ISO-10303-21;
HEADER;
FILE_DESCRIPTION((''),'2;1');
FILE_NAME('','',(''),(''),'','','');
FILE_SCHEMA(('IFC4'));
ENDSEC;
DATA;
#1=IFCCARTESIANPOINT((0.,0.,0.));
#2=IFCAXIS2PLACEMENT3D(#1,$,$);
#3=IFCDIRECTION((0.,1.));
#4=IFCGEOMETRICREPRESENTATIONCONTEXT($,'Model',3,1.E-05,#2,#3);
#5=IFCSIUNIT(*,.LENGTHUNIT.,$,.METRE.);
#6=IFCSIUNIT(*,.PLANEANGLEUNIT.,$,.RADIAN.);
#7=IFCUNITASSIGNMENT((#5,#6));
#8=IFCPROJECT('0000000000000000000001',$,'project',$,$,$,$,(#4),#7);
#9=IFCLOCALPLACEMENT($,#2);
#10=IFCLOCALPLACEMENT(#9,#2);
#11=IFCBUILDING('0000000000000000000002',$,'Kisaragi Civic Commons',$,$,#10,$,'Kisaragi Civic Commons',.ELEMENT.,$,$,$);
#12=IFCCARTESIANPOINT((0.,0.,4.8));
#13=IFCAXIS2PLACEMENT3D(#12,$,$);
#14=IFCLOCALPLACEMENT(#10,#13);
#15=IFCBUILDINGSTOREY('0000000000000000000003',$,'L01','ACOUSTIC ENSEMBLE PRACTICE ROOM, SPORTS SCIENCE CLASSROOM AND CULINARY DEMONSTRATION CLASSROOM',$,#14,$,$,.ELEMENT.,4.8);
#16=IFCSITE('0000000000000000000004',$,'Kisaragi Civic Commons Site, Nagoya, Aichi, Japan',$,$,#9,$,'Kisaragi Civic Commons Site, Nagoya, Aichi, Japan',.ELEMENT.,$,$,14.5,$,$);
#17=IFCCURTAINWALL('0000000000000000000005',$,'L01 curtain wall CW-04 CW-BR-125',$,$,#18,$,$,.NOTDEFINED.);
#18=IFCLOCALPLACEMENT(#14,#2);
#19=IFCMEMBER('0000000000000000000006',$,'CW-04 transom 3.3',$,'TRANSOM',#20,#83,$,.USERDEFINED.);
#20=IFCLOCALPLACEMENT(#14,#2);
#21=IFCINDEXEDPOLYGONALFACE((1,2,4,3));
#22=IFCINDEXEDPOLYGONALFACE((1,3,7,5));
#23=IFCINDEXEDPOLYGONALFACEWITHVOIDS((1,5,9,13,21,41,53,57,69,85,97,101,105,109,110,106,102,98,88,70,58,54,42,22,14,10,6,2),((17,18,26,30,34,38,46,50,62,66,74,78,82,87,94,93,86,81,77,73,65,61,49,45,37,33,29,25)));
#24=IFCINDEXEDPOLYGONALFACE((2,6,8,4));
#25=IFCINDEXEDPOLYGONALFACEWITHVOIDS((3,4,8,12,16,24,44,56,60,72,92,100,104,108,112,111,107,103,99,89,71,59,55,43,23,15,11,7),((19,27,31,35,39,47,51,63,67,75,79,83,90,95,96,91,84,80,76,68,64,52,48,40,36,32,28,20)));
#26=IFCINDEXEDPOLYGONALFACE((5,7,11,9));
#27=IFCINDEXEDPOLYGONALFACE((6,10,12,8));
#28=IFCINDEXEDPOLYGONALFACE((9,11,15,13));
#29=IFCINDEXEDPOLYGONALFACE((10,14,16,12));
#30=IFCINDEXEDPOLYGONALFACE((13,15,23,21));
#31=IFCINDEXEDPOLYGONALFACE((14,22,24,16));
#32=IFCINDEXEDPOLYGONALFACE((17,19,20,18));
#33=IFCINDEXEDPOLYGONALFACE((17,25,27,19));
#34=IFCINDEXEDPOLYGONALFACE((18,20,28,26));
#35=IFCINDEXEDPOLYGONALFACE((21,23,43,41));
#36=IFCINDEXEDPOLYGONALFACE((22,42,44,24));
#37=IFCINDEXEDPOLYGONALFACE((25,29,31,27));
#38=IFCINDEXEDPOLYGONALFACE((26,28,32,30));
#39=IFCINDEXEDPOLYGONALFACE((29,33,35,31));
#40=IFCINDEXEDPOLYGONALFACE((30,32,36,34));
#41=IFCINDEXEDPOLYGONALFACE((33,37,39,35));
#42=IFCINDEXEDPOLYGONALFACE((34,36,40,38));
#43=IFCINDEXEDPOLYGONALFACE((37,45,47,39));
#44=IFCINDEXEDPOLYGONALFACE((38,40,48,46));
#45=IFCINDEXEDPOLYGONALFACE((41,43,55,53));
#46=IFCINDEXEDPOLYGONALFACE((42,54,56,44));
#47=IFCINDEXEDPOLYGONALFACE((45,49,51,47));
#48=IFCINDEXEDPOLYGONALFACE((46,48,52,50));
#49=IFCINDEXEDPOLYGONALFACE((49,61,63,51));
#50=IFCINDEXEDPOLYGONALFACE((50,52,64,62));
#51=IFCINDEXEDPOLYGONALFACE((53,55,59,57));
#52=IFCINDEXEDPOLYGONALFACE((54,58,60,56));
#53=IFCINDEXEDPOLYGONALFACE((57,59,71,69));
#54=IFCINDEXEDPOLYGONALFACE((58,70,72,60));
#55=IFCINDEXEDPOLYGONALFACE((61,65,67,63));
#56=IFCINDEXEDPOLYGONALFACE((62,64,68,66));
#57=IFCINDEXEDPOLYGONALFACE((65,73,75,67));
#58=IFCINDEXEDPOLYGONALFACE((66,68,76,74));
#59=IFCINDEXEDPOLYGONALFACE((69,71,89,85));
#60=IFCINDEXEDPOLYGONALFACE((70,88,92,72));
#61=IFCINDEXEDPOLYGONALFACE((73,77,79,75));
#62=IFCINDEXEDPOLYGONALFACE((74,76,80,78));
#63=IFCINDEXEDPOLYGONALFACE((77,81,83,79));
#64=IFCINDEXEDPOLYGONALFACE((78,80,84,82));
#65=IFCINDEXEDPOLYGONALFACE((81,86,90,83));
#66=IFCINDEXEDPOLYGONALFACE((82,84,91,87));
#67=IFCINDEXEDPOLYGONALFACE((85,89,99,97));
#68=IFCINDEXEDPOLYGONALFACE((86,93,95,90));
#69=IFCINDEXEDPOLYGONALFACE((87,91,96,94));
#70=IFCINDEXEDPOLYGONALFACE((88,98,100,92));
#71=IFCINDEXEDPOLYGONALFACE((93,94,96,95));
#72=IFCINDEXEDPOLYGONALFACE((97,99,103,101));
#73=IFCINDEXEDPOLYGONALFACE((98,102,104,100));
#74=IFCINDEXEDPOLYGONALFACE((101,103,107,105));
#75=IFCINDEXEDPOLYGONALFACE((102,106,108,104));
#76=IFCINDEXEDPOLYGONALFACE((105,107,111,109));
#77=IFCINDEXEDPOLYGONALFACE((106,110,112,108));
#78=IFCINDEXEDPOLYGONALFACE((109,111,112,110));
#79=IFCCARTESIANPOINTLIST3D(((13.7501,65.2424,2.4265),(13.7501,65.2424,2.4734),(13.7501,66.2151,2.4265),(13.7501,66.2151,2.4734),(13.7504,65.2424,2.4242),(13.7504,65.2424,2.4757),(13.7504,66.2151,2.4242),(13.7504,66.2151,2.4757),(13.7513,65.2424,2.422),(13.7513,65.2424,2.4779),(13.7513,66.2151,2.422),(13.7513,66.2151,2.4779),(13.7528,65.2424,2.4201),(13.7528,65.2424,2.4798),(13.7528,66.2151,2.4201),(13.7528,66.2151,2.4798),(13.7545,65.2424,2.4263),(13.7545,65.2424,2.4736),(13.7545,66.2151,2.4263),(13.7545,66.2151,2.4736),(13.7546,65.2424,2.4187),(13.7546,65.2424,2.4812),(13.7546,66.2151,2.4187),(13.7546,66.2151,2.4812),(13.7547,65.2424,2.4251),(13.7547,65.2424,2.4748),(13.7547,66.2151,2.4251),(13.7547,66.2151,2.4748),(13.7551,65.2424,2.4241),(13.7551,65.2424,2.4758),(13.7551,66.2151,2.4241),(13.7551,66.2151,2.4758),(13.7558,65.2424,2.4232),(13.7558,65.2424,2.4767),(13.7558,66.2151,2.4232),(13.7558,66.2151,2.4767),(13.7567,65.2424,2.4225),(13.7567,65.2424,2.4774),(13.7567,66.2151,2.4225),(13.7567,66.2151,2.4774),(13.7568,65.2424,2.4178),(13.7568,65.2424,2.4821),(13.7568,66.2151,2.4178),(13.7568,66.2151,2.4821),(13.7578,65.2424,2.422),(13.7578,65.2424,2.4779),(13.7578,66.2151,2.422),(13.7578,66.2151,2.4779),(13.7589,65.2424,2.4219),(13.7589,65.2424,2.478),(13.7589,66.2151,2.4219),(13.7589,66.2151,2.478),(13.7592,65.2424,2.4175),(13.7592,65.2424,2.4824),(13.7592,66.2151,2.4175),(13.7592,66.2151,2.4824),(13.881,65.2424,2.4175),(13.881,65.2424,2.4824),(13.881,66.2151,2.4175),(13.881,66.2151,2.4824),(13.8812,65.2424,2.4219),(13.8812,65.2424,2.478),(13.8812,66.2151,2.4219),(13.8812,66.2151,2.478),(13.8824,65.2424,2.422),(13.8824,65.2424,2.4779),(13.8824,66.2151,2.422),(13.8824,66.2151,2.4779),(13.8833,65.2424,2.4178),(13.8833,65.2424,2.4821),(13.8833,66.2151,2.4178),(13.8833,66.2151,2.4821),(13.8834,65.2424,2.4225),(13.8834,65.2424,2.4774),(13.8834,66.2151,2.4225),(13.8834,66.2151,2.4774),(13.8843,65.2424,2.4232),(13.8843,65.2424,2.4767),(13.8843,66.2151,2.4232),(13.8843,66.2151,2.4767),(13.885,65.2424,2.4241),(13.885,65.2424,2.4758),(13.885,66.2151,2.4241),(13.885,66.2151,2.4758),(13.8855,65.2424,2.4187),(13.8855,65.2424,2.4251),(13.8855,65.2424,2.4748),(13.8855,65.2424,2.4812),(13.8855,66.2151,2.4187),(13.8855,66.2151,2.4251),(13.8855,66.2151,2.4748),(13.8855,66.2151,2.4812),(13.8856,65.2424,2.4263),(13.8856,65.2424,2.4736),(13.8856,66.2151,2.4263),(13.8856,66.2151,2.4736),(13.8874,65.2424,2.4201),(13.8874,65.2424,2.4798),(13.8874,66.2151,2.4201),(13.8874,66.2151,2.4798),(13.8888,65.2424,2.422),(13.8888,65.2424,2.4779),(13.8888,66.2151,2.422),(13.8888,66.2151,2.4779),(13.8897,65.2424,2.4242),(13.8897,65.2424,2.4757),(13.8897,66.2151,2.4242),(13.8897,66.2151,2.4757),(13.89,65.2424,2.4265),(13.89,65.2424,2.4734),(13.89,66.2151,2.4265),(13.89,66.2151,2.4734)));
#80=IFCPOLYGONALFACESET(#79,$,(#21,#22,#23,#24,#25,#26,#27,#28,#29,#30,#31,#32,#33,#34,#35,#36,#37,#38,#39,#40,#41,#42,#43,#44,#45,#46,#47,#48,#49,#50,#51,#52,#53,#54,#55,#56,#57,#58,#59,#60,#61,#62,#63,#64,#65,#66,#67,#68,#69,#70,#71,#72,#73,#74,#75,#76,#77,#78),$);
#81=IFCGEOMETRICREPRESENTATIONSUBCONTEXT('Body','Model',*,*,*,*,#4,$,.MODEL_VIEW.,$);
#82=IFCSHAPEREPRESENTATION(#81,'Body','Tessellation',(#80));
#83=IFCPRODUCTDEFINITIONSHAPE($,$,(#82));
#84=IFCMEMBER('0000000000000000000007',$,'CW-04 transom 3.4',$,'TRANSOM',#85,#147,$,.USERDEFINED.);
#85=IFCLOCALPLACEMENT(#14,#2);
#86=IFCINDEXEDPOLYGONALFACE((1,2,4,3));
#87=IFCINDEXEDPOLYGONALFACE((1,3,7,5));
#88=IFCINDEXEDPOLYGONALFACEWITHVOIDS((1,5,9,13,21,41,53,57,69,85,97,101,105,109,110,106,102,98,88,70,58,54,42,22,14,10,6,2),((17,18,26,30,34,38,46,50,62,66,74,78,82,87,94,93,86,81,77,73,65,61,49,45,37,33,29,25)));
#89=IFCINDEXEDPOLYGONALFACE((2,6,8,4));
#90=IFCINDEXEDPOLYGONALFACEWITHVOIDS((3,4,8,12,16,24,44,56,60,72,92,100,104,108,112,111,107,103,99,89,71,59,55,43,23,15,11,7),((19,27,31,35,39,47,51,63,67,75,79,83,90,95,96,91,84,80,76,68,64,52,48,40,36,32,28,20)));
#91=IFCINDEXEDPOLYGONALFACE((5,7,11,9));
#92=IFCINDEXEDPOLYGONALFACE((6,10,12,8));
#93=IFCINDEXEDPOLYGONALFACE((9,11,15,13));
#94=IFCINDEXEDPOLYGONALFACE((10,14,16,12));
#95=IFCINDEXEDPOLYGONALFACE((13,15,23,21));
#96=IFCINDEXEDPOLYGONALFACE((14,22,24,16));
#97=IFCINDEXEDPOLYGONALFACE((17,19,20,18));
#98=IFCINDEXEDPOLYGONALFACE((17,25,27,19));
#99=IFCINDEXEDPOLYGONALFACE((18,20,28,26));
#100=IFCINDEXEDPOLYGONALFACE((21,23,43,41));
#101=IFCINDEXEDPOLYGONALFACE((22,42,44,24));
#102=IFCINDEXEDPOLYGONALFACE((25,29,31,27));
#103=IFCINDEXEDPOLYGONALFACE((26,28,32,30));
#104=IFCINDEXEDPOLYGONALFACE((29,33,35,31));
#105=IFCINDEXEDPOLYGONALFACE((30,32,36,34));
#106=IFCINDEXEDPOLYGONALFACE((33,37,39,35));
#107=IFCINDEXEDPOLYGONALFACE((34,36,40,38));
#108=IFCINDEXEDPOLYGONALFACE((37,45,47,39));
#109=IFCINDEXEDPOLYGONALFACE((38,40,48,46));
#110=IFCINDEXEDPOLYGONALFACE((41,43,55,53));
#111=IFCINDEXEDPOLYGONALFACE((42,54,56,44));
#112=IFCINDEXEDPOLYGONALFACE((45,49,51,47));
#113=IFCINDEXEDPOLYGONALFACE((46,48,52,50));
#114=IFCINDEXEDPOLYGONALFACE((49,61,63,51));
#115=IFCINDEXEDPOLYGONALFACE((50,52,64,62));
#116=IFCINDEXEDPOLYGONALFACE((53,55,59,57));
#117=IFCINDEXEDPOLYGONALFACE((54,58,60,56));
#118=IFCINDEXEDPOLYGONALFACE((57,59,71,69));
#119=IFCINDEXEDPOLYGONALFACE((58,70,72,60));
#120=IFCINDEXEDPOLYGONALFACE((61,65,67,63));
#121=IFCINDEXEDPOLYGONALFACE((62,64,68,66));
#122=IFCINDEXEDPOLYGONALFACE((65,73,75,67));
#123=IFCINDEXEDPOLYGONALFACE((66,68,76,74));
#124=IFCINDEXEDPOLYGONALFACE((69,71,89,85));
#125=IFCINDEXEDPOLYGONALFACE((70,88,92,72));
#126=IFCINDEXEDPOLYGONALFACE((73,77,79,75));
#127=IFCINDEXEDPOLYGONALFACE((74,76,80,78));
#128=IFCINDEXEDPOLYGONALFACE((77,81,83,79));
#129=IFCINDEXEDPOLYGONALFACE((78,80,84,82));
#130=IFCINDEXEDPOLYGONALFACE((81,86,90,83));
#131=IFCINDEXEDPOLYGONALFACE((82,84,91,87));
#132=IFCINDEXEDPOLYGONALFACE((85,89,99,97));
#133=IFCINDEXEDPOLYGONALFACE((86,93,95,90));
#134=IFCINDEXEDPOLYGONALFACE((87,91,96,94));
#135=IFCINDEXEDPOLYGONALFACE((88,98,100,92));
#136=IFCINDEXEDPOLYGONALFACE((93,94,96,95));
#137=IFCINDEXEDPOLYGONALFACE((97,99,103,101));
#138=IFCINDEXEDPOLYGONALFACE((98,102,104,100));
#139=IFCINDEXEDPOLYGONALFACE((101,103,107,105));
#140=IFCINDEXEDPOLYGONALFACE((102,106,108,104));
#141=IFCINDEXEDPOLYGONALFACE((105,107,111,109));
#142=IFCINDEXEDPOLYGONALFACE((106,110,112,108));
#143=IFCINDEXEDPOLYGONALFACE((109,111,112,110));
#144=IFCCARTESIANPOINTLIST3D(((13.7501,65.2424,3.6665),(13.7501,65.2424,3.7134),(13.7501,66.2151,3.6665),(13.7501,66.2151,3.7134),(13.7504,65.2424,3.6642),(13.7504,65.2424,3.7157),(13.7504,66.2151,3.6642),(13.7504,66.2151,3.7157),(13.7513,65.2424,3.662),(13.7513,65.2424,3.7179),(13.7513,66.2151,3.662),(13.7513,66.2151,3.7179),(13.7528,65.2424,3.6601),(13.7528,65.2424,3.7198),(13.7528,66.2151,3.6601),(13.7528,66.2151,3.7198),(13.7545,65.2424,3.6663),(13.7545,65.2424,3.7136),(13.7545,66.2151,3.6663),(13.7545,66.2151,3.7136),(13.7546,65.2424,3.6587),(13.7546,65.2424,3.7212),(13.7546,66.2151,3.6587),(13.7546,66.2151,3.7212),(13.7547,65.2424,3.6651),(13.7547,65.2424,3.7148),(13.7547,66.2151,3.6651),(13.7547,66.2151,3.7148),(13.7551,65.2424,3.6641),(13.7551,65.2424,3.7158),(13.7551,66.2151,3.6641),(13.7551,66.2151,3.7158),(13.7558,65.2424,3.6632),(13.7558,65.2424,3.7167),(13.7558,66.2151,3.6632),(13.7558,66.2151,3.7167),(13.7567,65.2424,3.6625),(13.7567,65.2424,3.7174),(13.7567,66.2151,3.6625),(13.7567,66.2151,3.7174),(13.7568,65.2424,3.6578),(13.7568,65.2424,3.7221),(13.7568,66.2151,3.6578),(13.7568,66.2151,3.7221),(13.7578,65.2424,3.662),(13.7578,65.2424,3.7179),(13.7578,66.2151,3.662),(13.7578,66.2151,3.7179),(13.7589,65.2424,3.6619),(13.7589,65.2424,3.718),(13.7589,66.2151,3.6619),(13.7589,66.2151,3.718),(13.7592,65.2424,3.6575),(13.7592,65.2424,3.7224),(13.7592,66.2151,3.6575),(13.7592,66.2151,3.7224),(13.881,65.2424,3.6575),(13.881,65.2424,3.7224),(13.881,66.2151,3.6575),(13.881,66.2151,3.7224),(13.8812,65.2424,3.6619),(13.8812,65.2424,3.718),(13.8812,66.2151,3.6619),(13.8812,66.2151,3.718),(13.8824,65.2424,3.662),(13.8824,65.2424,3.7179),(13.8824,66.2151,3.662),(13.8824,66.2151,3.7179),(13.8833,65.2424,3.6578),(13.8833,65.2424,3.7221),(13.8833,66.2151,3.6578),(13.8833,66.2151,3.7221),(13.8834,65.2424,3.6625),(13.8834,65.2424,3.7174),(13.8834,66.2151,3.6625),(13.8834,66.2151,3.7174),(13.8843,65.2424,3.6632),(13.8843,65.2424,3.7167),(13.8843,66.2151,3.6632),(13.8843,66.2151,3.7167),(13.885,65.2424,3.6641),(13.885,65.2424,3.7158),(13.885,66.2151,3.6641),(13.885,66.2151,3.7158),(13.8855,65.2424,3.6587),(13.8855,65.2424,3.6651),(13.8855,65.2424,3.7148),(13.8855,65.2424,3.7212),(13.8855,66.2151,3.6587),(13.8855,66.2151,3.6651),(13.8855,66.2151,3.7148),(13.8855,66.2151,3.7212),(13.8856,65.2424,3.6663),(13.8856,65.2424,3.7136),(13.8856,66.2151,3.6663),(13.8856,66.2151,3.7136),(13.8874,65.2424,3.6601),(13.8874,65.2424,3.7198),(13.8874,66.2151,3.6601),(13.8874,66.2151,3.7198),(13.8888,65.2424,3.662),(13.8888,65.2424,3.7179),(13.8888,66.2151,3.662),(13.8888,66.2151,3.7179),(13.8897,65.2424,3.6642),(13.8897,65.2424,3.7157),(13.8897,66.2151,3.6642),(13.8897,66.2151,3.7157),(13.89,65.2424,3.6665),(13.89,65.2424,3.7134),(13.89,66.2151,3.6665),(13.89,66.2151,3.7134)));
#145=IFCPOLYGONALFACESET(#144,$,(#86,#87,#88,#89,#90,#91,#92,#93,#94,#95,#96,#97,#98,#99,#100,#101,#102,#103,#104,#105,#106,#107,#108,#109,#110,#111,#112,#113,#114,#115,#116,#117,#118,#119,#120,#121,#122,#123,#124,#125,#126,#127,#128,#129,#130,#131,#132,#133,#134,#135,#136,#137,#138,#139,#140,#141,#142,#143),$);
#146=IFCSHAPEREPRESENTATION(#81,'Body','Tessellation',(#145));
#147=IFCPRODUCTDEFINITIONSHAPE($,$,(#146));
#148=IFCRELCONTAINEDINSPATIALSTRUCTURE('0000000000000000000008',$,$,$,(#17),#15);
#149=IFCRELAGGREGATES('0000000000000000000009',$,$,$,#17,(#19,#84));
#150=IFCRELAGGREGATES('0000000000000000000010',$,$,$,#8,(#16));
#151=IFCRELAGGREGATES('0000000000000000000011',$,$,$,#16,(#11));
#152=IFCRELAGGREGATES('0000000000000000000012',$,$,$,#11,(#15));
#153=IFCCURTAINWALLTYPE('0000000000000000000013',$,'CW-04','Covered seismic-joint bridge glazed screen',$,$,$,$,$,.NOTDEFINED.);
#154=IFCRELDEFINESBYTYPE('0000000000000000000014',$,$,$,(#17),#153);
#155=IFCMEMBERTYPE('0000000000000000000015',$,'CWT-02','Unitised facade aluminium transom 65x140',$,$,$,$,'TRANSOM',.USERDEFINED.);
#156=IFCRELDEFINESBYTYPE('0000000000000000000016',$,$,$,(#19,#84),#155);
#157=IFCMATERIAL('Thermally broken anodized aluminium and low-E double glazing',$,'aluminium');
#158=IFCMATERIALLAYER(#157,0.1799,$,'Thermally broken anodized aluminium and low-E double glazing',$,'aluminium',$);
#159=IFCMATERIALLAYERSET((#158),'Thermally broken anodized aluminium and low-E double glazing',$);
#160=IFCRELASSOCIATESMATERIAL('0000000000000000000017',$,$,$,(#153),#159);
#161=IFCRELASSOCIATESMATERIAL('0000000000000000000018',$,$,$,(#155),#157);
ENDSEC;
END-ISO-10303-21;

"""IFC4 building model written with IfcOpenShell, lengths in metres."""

from ifc_helpers import new_model, si_unit, direction, frame, origin, origin_2d, place, context, subcontext, project, spatial, hollow_rectangle, extrude, material, layer, layer_set, material_profile, profile_set, type_object, element, aggregate, save


model = new_model("IFC4")

# Units and contexts
model_context = context("Model", 3, precision=1e-05, world=origin(), true_north=direction((0.0, 1.0)))
body_context = subcontext(model_context, "Body", "Model", "MODEL_VIEW")
ifc_project = project(units=[si_unit("LENGTHUNIT", "METRE"), si_unit("PLANEANGLEUNIT", "RADIAN")], contexts=[model_context])

# Site, building, storey
site_placement = place(None, origin())
site = spatial("IfcSite", under=ifc_project, at=site_placement, Name="Kisaragi Civic Commons Site, Nagoya, Aichi, Japan", LongName="Kisaragi Civic Commons Site, Nagoya, Aichi, Japan", CompositionType="ELEMENT", RefElevation=14.5)
building_placement = place(site_placement, origin())
building = spatial("IfcBuilding", under=site, at=building_placement, Name="Kisaragi Civic Commons", LongName="Kisaragi Civic Commons", CompositionType="ELEMENT")
storey_placement = place(building_placement, frame((0.0, 0.0, 4.8)))
storey = spatial("IfcBuildingStorey", under=building, at=storey_placement, Name="L01", Description="ACOUSTIC ENSEMBLE PRACTICE ROOM, SPORTS SCIENCE CLASSROOM AND CULINARY DEMONSTRATION CLASSROOM", CompositionType="ELEMENT", Elevation=4.8)

# Curtain wall
ifc_material_1 = material(Name="Thermally broken anodized aluminium and low-E double glazing", Category="aluminium")
ifc_layer_1 = layer(ifc_material_1, 0.1799, Name="Thermally broken anodized aluminium and low-E double glazing", Category="aluminium")
ifc_layer_set_1 = layer_set([ifc_layer_1], Name="Thermally broken anodized aluminium and low-E double glazing")
curtain_wall_type = type_object("IfcCurtainWallType", Name="CW-04", Description="Covered seismic-joint bridge glazed screen", PredefinedType="NOTDEFINED", material=ifc_layer_set_1)
curtain_wall_1_placement = place(storey_placement, origin())
curtain_wall_1 = element("IfcCurtainWall", 1, at=curtain_wall_1_placement, inside=storey, type_object=curtain_wall_type, Name="L01 curtain wall CW-04 CW-BR-125", PredefinedType="NOTDEFINED")

# Members
ifc_material_profile_1 = material_profile(ifc_material_1, hollow_rectangle(XDim=0.1399, YDim=0.0649, WallThickness=0.0044, InnerFilletRadius=0.0044, OuterFilletRadius=0.009, at=origin_2d()), Name="CWT-65x140x4.5", Category="aluminium")
ifc_profile_set_1 = profile_set([ifc_material_profile_1], Name="Thermally broken anodized aluminium and low-E double glazing")
member_type_1 = type_object("IfcMemberType", Name="CWT-02", Description="Unitised facade aluminium transom 65x140", ElementType="TRANSOM", PredefinedType="USERDEFINED", material=ifc_profile_set_1)
member_1_placement = place(storey_placement, frame((13.8201, 65.2424, 2.45), z_axis=(0.0, 1.0, 0.0), x_axis=(-1.0, 0.0, 0.0)))
member_1 = element("IfcMember", 2, at=member_1_placement, type_object=member_type_1, Name="CW-04 transom 3.3", ObjectType="TRANSOM", PredefinedType="USERDEFINED", context=body_context, shape_type="SweptSolid", body=[
    extrude(hollow_rectangle(XDim=0.1399, YDim=0.0649, WallThickness=0.0044, InnerFilletRadius=0.0044, OuterFilletRadius=0.009, at=origin_2d()), origin(), (0.0, 0.0, 1.0), 0.9727),
])
member_2_placement = place(storey_placement, frame((13.8201, 65.2424, 3.6899), z_axis=(0.0, 1.0, 0.0), x_axis=(-1.0, 0.0, 0.0)))
member_2 = element("IfcMember", 3, at=member_2_placement, type_object=member_type_1, Name="CW-04 transom 3.4", ObjectType="TRANSOM", PredefinedType="USERDEFINED", context=body_context, shape_type="SweptSolid", body=[
    extrude(hollow_rectangle(XDim=0.1399, YDim=0.0649, WallThickness=0.0044, InnerFilletRadius=0.0044, OuterFilletRadius=0.009, at=origin_2d()), origin(), (0.0, 0.0, 1.0), 0.9727),
])

aggregate(curtain_wall_1, [member_1, member_2])

save(model, "model.ifc")
